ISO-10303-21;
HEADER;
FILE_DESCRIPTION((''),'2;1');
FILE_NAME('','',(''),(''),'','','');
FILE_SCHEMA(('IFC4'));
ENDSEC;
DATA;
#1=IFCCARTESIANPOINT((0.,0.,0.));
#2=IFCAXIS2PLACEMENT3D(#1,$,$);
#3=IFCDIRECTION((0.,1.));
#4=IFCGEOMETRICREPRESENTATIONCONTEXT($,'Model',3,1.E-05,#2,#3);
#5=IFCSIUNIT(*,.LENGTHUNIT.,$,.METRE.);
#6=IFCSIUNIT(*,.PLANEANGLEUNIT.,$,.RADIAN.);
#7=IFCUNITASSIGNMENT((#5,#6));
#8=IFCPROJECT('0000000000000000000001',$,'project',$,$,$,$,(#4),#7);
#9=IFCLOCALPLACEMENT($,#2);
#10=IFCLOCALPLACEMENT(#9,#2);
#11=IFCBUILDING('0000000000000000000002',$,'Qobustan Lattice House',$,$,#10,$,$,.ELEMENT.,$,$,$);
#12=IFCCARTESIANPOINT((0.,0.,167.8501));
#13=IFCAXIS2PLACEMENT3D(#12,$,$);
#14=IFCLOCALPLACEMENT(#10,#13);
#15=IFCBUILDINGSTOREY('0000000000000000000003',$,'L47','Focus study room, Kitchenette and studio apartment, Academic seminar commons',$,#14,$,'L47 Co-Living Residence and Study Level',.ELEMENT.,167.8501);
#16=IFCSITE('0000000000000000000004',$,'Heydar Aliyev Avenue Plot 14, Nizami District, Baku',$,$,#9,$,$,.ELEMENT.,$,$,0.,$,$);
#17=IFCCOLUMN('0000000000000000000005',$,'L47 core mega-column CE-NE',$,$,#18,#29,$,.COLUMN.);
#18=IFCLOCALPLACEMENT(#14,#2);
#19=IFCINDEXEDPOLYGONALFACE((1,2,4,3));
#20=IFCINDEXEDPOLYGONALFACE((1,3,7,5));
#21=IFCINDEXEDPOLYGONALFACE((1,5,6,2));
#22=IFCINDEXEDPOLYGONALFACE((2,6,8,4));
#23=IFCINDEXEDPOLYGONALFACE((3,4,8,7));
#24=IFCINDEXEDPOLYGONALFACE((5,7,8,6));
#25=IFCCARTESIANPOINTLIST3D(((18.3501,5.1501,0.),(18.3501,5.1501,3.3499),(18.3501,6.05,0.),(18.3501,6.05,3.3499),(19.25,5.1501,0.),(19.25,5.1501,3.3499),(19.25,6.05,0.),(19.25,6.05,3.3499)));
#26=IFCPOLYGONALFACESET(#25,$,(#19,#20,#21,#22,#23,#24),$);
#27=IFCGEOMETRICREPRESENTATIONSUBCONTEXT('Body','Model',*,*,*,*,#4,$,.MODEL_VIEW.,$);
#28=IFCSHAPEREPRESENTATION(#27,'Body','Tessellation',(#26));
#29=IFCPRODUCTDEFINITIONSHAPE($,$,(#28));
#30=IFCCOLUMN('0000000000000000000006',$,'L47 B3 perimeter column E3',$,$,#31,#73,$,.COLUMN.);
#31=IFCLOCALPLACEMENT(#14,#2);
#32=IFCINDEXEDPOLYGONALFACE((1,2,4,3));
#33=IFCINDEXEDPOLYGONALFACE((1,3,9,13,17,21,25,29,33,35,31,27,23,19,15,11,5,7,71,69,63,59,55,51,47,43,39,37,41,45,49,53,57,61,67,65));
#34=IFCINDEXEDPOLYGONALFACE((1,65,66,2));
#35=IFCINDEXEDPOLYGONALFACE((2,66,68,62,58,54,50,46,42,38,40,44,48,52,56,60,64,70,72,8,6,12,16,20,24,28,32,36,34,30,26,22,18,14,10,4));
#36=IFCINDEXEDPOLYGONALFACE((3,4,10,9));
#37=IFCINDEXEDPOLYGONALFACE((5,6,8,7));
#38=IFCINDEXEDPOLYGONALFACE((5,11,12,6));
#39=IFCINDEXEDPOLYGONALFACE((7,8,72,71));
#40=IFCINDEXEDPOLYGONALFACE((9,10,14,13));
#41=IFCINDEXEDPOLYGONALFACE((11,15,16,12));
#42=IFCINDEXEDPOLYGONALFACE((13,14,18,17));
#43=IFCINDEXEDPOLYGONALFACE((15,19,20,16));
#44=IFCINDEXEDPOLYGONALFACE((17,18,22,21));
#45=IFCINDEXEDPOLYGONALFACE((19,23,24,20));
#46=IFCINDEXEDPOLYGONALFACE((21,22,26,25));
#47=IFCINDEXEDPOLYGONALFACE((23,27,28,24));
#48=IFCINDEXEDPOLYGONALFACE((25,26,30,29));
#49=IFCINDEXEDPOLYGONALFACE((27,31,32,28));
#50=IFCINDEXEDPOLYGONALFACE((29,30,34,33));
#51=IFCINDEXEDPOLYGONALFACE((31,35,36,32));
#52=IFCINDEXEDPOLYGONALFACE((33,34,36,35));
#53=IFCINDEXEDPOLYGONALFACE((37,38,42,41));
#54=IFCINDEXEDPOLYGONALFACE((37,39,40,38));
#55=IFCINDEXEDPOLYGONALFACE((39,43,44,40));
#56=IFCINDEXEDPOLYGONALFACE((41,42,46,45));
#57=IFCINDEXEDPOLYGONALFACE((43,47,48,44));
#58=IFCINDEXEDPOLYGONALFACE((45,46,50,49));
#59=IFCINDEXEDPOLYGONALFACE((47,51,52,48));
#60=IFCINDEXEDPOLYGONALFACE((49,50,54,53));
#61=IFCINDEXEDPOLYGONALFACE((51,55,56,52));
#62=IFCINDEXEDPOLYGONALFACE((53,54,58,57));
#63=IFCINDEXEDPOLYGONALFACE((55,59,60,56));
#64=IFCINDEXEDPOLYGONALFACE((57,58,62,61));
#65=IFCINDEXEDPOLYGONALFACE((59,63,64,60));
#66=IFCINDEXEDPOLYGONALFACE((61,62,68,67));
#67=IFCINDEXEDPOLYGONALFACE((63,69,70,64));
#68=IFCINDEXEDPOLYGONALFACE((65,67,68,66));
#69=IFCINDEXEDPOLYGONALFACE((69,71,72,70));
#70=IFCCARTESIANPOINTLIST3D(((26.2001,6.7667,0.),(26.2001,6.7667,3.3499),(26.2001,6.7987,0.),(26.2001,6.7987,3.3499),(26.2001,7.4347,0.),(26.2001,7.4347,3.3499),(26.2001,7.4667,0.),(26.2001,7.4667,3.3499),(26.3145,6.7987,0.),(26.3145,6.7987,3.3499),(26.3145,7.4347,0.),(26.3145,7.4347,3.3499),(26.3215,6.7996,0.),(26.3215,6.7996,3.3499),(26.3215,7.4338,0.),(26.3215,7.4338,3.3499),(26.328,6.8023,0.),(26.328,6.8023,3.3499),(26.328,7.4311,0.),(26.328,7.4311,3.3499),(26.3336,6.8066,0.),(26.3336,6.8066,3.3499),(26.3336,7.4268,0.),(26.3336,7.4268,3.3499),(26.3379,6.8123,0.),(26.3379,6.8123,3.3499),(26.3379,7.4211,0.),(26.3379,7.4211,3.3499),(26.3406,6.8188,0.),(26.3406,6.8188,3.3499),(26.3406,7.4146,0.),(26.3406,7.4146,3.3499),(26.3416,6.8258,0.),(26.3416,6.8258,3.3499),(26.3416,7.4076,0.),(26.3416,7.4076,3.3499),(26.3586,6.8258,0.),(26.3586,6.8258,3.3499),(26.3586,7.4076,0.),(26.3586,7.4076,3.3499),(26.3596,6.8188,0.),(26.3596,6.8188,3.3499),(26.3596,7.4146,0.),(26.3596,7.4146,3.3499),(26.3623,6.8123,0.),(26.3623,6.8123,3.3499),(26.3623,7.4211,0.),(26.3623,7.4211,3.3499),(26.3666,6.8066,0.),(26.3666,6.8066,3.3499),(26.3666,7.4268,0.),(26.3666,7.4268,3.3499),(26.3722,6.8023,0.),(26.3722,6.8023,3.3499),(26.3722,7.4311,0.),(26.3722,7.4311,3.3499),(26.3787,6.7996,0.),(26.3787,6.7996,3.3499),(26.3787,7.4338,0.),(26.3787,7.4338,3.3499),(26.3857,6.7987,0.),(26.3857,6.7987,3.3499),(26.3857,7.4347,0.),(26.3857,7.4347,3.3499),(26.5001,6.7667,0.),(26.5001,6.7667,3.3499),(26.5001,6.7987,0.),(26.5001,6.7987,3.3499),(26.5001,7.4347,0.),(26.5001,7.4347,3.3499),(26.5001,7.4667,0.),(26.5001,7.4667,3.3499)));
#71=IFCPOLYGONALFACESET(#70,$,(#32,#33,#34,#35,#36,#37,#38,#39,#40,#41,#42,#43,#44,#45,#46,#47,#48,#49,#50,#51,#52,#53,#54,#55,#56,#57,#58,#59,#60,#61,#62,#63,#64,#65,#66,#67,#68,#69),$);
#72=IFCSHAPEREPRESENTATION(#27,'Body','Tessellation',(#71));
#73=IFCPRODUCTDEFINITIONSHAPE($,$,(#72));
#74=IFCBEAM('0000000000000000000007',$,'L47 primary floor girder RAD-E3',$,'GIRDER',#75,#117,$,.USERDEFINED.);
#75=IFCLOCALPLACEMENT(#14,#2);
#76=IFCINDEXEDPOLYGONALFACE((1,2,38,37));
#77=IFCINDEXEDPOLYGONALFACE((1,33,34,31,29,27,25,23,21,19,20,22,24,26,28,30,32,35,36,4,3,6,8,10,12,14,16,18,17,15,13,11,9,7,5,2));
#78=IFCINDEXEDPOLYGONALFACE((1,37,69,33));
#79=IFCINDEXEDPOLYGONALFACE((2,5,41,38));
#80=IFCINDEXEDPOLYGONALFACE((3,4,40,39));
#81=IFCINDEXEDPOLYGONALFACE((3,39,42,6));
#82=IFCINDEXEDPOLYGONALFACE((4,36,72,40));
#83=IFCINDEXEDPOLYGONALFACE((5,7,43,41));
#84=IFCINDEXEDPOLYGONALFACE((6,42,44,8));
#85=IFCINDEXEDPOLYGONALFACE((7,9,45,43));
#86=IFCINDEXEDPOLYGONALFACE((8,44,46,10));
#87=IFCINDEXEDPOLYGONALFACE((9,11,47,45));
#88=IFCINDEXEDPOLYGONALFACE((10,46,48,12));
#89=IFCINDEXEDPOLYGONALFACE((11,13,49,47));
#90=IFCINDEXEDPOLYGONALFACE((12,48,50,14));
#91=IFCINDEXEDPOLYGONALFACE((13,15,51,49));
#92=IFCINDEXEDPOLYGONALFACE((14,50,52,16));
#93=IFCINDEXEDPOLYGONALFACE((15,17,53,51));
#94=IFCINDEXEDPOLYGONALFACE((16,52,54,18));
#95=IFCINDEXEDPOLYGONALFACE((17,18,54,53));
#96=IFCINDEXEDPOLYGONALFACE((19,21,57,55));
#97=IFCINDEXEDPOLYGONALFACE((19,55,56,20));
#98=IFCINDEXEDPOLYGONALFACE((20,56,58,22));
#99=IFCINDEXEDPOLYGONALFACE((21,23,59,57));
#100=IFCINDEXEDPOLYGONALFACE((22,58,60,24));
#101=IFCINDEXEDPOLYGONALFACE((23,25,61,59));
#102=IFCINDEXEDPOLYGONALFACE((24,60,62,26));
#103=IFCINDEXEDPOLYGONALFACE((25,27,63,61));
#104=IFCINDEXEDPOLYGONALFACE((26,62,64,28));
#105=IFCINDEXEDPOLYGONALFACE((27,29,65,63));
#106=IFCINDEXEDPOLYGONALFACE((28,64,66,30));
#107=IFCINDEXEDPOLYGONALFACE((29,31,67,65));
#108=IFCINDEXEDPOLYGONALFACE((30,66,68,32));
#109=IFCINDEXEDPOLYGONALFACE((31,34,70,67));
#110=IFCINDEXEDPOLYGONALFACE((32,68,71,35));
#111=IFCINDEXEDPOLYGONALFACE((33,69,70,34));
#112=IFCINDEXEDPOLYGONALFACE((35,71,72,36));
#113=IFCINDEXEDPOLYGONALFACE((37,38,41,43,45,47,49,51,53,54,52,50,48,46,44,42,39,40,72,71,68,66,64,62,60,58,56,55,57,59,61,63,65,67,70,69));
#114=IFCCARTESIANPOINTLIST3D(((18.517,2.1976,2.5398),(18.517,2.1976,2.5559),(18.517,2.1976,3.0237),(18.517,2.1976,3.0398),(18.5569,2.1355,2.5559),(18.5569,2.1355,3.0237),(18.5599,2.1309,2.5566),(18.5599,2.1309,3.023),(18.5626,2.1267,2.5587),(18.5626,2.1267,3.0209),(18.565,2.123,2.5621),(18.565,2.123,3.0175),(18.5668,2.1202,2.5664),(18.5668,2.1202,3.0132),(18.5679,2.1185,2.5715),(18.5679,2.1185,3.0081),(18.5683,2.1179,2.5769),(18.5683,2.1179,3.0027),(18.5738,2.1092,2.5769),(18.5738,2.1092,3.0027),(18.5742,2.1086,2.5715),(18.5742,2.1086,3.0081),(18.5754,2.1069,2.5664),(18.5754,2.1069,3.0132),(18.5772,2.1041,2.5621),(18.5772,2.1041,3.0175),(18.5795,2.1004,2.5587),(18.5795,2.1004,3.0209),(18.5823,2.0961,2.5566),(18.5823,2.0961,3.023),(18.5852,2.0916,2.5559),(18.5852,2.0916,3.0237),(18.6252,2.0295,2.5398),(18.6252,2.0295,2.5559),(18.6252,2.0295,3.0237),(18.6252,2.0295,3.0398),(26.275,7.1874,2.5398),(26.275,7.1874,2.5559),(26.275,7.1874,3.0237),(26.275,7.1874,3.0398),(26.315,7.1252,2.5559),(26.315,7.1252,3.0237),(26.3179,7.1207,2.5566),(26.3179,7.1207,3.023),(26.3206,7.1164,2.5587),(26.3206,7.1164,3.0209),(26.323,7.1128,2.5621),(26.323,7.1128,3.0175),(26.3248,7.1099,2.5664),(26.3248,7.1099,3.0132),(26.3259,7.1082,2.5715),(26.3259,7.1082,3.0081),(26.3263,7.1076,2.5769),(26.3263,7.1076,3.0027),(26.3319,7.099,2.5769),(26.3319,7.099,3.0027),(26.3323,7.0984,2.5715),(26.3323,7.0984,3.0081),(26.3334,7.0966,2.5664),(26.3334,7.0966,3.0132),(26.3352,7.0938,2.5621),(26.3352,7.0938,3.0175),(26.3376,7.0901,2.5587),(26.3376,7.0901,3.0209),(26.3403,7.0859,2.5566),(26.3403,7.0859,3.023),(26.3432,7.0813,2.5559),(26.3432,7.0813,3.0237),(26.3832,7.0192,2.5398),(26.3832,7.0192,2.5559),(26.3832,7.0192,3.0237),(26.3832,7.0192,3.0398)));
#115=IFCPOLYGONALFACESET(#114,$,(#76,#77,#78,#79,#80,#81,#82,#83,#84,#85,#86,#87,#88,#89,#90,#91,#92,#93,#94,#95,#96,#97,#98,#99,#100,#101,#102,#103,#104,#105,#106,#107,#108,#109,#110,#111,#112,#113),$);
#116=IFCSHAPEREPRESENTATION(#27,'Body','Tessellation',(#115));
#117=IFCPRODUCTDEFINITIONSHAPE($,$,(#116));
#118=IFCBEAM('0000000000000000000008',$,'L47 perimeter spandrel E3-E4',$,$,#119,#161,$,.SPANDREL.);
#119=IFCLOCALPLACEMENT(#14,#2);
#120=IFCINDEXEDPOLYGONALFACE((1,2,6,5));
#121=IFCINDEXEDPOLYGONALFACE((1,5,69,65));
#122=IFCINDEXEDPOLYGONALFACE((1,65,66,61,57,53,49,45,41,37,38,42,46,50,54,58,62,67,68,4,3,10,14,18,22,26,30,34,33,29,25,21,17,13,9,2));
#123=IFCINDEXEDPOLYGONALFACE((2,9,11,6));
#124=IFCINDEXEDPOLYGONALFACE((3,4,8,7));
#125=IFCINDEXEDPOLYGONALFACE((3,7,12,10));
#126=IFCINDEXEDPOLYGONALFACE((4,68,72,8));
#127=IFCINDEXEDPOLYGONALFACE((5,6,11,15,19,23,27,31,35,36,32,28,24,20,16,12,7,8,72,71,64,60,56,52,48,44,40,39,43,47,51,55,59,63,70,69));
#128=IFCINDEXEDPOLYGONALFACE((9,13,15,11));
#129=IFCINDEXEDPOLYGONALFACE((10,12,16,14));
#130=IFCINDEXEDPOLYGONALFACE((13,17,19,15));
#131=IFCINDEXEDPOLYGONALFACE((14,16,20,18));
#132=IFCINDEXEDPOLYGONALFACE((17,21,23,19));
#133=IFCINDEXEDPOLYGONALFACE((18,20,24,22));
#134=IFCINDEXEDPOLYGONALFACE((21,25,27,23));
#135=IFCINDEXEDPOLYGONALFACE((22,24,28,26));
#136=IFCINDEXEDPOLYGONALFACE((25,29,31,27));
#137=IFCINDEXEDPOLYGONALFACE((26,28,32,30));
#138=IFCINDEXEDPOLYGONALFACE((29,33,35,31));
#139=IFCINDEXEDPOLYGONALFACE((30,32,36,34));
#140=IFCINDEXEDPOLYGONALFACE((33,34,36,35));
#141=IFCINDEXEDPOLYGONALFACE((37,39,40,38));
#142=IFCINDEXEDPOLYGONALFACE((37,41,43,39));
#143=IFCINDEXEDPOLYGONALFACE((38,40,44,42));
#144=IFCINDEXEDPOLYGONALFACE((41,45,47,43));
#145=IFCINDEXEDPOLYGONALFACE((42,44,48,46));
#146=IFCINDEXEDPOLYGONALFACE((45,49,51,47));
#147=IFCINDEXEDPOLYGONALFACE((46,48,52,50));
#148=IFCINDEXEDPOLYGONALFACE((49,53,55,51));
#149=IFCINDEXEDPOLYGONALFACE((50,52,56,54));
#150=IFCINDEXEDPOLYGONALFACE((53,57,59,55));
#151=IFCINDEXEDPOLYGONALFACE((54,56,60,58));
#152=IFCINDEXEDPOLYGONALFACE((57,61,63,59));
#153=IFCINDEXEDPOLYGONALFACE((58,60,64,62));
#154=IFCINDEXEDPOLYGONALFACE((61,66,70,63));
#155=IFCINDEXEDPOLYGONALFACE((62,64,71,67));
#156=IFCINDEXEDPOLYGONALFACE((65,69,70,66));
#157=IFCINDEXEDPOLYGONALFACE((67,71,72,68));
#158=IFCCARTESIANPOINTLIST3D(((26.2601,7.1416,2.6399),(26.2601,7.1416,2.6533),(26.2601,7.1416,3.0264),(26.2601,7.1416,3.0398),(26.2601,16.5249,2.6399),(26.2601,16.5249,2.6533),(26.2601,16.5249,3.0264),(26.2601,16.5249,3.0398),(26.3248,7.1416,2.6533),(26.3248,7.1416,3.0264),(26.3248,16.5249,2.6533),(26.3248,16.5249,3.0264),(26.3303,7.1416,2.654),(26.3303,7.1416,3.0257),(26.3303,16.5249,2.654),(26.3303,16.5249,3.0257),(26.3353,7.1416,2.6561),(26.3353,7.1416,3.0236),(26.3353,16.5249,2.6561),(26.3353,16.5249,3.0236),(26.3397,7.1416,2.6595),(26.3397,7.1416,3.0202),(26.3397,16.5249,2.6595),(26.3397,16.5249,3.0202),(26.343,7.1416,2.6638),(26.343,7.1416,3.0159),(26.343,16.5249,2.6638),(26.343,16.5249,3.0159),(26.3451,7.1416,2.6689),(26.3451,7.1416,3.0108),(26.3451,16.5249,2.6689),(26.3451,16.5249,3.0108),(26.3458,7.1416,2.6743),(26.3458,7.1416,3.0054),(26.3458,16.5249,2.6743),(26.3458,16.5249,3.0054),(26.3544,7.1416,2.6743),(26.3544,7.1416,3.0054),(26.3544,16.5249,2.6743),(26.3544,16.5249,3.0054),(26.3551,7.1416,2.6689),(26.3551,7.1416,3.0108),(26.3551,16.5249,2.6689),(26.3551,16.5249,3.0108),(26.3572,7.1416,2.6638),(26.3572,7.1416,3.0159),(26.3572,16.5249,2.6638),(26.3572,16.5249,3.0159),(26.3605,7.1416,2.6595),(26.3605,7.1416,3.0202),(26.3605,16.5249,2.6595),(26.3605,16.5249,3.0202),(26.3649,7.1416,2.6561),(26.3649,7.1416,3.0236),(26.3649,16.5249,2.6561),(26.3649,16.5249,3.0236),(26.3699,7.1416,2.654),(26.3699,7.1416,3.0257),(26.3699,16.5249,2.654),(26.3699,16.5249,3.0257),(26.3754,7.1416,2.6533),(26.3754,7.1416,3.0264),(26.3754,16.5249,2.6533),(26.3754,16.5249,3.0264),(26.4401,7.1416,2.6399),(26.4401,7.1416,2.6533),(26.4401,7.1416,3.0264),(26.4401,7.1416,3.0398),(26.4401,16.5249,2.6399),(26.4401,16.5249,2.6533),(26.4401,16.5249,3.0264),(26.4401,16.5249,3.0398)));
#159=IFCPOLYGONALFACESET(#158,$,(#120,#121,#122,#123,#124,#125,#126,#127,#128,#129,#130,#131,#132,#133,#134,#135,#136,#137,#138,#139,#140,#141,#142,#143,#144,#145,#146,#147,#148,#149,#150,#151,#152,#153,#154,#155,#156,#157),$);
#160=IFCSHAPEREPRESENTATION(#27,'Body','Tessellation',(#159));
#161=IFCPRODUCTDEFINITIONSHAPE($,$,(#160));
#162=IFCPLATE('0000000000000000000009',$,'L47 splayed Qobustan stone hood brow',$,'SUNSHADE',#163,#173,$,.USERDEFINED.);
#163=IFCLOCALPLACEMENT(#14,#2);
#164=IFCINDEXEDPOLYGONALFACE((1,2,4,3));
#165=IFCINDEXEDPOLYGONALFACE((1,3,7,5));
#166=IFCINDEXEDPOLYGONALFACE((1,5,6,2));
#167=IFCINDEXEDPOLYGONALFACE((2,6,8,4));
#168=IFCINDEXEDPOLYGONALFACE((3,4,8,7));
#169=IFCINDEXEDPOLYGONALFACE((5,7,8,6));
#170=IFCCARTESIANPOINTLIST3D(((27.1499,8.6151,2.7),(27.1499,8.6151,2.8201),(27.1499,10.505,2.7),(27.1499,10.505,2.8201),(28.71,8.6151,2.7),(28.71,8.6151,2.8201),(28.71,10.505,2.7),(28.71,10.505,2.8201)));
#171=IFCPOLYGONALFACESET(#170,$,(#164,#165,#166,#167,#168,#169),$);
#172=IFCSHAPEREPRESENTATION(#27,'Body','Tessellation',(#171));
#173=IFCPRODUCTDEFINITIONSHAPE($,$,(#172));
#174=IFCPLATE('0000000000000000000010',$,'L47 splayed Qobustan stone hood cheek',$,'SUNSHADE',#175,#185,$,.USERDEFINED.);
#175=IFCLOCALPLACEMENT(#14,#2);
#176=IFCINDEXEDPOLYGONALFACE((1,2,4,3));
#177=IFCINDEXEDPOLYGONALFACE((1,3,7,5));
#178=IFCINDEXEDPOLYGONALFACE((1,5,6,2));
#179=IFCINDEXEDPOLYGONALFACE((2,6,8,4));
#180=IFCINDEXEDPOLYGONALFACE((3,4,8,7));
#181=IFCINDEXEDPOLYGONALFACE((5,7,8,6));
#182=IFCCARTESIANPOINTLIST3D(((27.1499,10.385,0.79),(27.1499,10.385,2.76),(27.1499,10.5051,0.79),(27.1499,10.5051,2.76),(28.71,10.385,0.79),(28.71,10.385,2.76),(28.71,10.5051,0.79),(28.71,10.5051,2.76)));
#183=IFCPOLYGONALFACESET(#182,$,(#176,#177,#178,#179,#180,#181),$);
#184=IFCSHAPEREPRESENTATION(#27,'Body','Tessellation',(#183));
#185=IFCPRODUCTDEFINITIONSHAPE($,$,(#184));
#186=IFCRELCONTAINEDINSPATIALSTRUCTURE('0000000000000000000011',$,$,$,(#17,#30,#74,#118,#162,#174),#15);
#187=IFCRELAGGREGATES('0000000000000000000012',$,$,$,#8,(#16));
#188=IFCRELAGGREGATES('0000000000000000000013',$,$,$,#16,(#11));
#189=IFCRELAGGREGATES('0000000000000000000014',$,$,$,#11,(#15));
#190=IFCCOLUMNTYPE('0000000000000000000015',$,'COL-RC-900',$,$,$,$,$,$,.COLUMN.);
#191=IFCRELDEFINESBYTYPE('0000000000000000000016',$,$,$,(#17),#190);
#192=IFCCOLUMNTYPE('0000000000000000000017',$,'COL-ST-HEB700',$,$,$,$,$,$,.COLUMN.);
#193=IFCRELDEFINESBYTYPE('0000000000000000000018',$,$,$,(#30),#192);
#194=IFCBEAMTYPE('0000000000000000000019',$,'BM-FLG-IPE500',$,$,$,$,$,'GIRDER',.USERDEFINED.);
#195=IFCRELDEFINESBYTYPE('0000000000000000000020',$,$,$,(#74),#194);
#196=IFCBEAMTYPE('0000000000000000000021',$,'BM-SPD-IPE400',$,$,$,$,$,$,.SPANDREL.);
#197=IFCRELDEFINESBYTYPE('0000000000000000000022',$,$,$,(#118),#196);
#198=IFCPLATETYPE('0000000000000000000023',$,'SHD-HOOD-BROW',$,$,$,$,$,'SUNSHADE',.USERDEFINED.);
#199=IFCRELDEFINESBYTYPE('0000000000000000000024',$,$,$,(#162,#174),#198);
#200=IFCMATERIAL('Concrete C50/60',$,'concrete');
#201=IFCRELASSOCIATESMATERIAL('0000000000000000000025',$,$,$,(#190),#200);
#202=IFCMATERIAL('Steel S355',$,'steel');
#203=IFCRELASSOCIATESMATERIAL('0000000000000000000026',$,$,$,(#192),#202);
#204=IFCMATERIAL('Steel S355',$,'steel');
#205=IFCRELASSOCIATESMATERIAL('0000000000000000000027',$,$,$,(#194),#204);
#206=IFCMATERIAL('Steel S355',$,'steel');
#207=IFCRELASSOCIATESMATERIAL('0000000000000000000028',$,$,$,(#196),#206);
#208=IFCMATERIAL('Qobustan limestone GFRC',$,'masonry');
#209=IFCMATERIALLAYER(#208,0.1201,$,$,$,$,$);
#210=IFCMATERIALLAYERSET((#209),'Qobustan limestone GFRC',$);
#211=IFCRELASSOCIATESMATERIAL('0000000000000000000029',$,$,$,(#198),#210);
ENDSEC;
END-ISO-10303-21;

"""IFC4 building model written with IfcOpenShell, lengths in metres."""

from ifc_helpers import new_model, si_unit, direction, frame, origin, origin_2d, place, context, subcontext, project, spatial, rectangle, i_section, extrude, material, layer, layer_set, material_profile, profile_set, type_object, element, save


model = new_model("IFC4")

# Units and contexts
model_context = context("Model", 3, precision=1e-05, world=origin(), true_north=direction((0.0, 1.0)))
body_context = subcontext(model_context, "Body", "Model", "MODEL_VIEW")
ifc_project = project(units=[si_unit("LENGTHUNIT", "METRE"), si_unit("PLANEANGLEUNIT", "RADIAN")], contexts=[model_context])

# Site, building, storey
site_placement = place(None, origin())
site = spatial("IfcSite", under=ifc_project, at=site_placement, Name="Heydar Aliyev Avenue Plot 14, Nizami District, Baku", CompositionType="ELEMENT", RefElevation=0.0)
building_placement = place(site_placement, origin())
building = spatial("IfcBuilding", under=site, at=building_placement, Name="Qobustan Lattice House", CompositionType="ELEMENT")
storey_placement = place(building_placement, frame((0.0, 0.0, 167.8501)))
storey = spatial("IfcBuildingStorey", under=building, at=storey_placement, Name="L47", Description="Focus study room, Kitchenette and studio apartment, Academic seminar commons", LongName="L47 Co-Living Residence and Study Level", CompositionType="ELEMENT", Elevation=167.8501)

# Columns
ifc_material_1 = material(Name="Concrete C50/60", Category="concrete")
ifc_material_profile_1 = material_profile(ifc_material_1, rectangle(XDim=0.8999, YDim=0.8999, at=origin_2d()), Name="RC900x900")
ifc_profile_set_1 = profile_set([ifc_material_profile_1], Name="Concrete C50/60")
column_type_1 = type_object("IfcColumnType", Name="COL-RC-900", PredefinedType="COLUMN", material=ifc_profile_set_1)
column_1_placement = place(storey_placement, frame((18.8, 5.6001, 0.0), z_axis=(0.0, 0.0, 1.0), x_axis=(1.0, 0.0, 0.0)))
element("IfcColumn", 1, at=column_1_placement, inside=storey, type_object=column_type_1, Name="L47 core mega-column CE-NE", PredefinedType="COLUMN", context=body_context, shape_type="SweptSolid", body=[
    extrude(rectangle(XDim=0.8999, YDim=0.8999, at=origin_2d()), origin(), (0.0, 0.0, 1.0), 3.3499),
])
ifc_material_2 = material(Name="Steel S355", Category="steel")
ifc_material_profile_2 = material_profile(ifc_material_2, i_section(OverallWidth=0.3, OverallDepth=0.7, WebThickness=0.0171, FlangeThickness=0.032, FilletRadius=0.0271, at=origin_2d()), Name="HEB700")
ifc_profile_set_2 = profile_set([ifc_material_profile_2], Name="Steel S355")
column_type_2 = type_object("IfcColumnType", Name="COL-ST-HEB700", PredefinedType="COLUMN", material=ifc_profile_set_2)
column_2_placement = place(storey_placement, frame((26.3501, 7.1167, 0.0), z_axis=(0.0, 0.0, 1.0), x_axis=(1.0, 0.0, 0.0)))
element("IfcColumn", 2, at=column_2_placement, inside=storey, type_object=column_type_2, Name="L47 B3 perimeter column E3", PredefinedType="COLUMN", context=body_context, shape_type="SweptSolid", body=[
    extrude(i_section(OverallWidth=0.3, OverallDepth=0.7, WebThickness=0.0171, FlangeThickness=0.032, FilletRadius=0.0271, at=origin_2d()), origin(), (0.0, 0.0, 1.0), 3.3499),
])

# Beams
ifc_material_3 = material(Name="Steel S355", Category="steel")
ifc_material_profile_3 = material_profile(ifc_material_3, i_section(OverallWidth=0.2, OverallDepth=0.5, WebThickness=0.0103, FlangeThickness=0.0161, FilletRadius=0.021, at=origin_2d()), Name="IPE500")
ifc_profile_set_3 = profile_set([ifc_material_profile_3], Name="Steel S355")
beam_type_1 = type_object("IfcBeamType", Name="BM-FLG-IPE500", ElementType="GIRDER", PredefinedType="USERDEFINED", material=ifc_profile_set_3)
beam_1_placement = place(storey_placement, frame((26.3291, 7.1033, 2.7898), z_axis=(-0.841059, -0.540944, 0.0), x_axis=(0.540944, -0.841059, 0.0)))
element("IfcBeam", 3, at=beam_1_placement, inside=storey, type_object=beam_type_1, Name="L47 primary floor girder RAD-E3", ObjectType="GIRDER", PredefinedType="USERDEFINED", context=body_context, shape_type="SweptSolid", body=[
    extrude(i_section(OverallWidth=0.2, OverallDepth=0.5, WebThickness=0.0103, FlangeThickness=0.0161, FilletRadius=0.021, at=origin_2d()), origin(), (0.0, 0.0, 1.0), 9.2241),
])
ifc_material_4 = material(Name="Steel S355", Category="steel")
ifc_material_profile_4 = material_profile(ifc_material_4, i_section(OverallWidth=0.1799, OverallDepth=0.3999, WebThickness=0.0085, FlangeThickness=0.0134, FilletRadius=0.021, at=origin_2d()), Name="IPE400")
ifc_profile_set_4 = profile_set([ifc_material_profile_4], Name="Steel S355")
beam_type_2 = type_object("IfcBeamType", Name="BM-SPD-IPE400", PredefinedType="SPANDREL", material=ifc_profile_set_4)
beam_2_placement = place(storey_placement, frame((26.3501, 7.1416, 2.8398), z_axis=(0.0, 1.0, 0.0), x_axis=(-1.0, 0.0, 0.0)))
element("IfcBeam", 4, at=beam_2_placement, inside=storey, type_object=beam_type_2, Name="L47 perimeter spandrel E3-E4", PredefinedType="SPANDREL", context=body_context, shape_type="SweptSolid", body=[
    extrude(i_section(OverallWidth=0.1799, OverallDepth=0.3999, WebThickness=0.0085, FlangeThickness=0.0134, FilletRadius=0.021, at=origin_2d()), origin(), (0.0, 0.0, 1.0), 9.3833),
])

# Plates
ifc_material_5 = material(Name="Qobustan limestone GFRC", Category="masonry")
ifc_layer_1 = layer(ifc_material_5, 0.1201)
ifc_layer_set_1 = layer_set([ifc_layer_1], Name="Qobustan limestone GFRC")
plate_type = type_object("IfcPlateType", Name="SHD-HOOD-BROW", ElementType="SUNSHADE", PredefinedType="USERDEFINED", material=ifc_layer_set_1)
plate_1_placement = place(storey_placement, frame((27.9299, 9.5601, 2.7), z_axis=(0.0, 0.0, 1.0), x_axis=(0.0, -1.0, 0.0)))
element("IfcPlate", 5, at=plate_1_placement, inside=storey, type_object=plate_type, Name="L47 splayed Qobustan stone hood brow", ObjectType="SUNSHADE", PredefinedType="USERDEFINED", context=body_context, shape_type="SweptSolid", body=[
    extrude(rectangle(XDim=1.8899, YDim=1.5601, at=origin_2d()), origin(), (0.0, 0.0, 1.0), 0.1201),
])
plate_2_placement = place(storey_placement, frame((27.9299, 10.4451, 0.79), z_axis=(0.0, 0.0, 1.0), x_axis=(0.0, -1.0, 0.0)))
element("IfcPlate", 6, at=plate_2_placement, inside=storey, type_object=plate_type, Name="L47 splayed Qobustan stone hood cheek", ObjectType="SUNSHADE", PredefinedType="USERDEFINED", context=body_context, shape_type="SweptSolid", body=[
    extrude(rectangle(XDim=0.1201, YDim=1.5601, at=origin_2d()), origin(), (0.0, 0.0, 1.0), 1.97),
])

save(model, "model.ifc")
